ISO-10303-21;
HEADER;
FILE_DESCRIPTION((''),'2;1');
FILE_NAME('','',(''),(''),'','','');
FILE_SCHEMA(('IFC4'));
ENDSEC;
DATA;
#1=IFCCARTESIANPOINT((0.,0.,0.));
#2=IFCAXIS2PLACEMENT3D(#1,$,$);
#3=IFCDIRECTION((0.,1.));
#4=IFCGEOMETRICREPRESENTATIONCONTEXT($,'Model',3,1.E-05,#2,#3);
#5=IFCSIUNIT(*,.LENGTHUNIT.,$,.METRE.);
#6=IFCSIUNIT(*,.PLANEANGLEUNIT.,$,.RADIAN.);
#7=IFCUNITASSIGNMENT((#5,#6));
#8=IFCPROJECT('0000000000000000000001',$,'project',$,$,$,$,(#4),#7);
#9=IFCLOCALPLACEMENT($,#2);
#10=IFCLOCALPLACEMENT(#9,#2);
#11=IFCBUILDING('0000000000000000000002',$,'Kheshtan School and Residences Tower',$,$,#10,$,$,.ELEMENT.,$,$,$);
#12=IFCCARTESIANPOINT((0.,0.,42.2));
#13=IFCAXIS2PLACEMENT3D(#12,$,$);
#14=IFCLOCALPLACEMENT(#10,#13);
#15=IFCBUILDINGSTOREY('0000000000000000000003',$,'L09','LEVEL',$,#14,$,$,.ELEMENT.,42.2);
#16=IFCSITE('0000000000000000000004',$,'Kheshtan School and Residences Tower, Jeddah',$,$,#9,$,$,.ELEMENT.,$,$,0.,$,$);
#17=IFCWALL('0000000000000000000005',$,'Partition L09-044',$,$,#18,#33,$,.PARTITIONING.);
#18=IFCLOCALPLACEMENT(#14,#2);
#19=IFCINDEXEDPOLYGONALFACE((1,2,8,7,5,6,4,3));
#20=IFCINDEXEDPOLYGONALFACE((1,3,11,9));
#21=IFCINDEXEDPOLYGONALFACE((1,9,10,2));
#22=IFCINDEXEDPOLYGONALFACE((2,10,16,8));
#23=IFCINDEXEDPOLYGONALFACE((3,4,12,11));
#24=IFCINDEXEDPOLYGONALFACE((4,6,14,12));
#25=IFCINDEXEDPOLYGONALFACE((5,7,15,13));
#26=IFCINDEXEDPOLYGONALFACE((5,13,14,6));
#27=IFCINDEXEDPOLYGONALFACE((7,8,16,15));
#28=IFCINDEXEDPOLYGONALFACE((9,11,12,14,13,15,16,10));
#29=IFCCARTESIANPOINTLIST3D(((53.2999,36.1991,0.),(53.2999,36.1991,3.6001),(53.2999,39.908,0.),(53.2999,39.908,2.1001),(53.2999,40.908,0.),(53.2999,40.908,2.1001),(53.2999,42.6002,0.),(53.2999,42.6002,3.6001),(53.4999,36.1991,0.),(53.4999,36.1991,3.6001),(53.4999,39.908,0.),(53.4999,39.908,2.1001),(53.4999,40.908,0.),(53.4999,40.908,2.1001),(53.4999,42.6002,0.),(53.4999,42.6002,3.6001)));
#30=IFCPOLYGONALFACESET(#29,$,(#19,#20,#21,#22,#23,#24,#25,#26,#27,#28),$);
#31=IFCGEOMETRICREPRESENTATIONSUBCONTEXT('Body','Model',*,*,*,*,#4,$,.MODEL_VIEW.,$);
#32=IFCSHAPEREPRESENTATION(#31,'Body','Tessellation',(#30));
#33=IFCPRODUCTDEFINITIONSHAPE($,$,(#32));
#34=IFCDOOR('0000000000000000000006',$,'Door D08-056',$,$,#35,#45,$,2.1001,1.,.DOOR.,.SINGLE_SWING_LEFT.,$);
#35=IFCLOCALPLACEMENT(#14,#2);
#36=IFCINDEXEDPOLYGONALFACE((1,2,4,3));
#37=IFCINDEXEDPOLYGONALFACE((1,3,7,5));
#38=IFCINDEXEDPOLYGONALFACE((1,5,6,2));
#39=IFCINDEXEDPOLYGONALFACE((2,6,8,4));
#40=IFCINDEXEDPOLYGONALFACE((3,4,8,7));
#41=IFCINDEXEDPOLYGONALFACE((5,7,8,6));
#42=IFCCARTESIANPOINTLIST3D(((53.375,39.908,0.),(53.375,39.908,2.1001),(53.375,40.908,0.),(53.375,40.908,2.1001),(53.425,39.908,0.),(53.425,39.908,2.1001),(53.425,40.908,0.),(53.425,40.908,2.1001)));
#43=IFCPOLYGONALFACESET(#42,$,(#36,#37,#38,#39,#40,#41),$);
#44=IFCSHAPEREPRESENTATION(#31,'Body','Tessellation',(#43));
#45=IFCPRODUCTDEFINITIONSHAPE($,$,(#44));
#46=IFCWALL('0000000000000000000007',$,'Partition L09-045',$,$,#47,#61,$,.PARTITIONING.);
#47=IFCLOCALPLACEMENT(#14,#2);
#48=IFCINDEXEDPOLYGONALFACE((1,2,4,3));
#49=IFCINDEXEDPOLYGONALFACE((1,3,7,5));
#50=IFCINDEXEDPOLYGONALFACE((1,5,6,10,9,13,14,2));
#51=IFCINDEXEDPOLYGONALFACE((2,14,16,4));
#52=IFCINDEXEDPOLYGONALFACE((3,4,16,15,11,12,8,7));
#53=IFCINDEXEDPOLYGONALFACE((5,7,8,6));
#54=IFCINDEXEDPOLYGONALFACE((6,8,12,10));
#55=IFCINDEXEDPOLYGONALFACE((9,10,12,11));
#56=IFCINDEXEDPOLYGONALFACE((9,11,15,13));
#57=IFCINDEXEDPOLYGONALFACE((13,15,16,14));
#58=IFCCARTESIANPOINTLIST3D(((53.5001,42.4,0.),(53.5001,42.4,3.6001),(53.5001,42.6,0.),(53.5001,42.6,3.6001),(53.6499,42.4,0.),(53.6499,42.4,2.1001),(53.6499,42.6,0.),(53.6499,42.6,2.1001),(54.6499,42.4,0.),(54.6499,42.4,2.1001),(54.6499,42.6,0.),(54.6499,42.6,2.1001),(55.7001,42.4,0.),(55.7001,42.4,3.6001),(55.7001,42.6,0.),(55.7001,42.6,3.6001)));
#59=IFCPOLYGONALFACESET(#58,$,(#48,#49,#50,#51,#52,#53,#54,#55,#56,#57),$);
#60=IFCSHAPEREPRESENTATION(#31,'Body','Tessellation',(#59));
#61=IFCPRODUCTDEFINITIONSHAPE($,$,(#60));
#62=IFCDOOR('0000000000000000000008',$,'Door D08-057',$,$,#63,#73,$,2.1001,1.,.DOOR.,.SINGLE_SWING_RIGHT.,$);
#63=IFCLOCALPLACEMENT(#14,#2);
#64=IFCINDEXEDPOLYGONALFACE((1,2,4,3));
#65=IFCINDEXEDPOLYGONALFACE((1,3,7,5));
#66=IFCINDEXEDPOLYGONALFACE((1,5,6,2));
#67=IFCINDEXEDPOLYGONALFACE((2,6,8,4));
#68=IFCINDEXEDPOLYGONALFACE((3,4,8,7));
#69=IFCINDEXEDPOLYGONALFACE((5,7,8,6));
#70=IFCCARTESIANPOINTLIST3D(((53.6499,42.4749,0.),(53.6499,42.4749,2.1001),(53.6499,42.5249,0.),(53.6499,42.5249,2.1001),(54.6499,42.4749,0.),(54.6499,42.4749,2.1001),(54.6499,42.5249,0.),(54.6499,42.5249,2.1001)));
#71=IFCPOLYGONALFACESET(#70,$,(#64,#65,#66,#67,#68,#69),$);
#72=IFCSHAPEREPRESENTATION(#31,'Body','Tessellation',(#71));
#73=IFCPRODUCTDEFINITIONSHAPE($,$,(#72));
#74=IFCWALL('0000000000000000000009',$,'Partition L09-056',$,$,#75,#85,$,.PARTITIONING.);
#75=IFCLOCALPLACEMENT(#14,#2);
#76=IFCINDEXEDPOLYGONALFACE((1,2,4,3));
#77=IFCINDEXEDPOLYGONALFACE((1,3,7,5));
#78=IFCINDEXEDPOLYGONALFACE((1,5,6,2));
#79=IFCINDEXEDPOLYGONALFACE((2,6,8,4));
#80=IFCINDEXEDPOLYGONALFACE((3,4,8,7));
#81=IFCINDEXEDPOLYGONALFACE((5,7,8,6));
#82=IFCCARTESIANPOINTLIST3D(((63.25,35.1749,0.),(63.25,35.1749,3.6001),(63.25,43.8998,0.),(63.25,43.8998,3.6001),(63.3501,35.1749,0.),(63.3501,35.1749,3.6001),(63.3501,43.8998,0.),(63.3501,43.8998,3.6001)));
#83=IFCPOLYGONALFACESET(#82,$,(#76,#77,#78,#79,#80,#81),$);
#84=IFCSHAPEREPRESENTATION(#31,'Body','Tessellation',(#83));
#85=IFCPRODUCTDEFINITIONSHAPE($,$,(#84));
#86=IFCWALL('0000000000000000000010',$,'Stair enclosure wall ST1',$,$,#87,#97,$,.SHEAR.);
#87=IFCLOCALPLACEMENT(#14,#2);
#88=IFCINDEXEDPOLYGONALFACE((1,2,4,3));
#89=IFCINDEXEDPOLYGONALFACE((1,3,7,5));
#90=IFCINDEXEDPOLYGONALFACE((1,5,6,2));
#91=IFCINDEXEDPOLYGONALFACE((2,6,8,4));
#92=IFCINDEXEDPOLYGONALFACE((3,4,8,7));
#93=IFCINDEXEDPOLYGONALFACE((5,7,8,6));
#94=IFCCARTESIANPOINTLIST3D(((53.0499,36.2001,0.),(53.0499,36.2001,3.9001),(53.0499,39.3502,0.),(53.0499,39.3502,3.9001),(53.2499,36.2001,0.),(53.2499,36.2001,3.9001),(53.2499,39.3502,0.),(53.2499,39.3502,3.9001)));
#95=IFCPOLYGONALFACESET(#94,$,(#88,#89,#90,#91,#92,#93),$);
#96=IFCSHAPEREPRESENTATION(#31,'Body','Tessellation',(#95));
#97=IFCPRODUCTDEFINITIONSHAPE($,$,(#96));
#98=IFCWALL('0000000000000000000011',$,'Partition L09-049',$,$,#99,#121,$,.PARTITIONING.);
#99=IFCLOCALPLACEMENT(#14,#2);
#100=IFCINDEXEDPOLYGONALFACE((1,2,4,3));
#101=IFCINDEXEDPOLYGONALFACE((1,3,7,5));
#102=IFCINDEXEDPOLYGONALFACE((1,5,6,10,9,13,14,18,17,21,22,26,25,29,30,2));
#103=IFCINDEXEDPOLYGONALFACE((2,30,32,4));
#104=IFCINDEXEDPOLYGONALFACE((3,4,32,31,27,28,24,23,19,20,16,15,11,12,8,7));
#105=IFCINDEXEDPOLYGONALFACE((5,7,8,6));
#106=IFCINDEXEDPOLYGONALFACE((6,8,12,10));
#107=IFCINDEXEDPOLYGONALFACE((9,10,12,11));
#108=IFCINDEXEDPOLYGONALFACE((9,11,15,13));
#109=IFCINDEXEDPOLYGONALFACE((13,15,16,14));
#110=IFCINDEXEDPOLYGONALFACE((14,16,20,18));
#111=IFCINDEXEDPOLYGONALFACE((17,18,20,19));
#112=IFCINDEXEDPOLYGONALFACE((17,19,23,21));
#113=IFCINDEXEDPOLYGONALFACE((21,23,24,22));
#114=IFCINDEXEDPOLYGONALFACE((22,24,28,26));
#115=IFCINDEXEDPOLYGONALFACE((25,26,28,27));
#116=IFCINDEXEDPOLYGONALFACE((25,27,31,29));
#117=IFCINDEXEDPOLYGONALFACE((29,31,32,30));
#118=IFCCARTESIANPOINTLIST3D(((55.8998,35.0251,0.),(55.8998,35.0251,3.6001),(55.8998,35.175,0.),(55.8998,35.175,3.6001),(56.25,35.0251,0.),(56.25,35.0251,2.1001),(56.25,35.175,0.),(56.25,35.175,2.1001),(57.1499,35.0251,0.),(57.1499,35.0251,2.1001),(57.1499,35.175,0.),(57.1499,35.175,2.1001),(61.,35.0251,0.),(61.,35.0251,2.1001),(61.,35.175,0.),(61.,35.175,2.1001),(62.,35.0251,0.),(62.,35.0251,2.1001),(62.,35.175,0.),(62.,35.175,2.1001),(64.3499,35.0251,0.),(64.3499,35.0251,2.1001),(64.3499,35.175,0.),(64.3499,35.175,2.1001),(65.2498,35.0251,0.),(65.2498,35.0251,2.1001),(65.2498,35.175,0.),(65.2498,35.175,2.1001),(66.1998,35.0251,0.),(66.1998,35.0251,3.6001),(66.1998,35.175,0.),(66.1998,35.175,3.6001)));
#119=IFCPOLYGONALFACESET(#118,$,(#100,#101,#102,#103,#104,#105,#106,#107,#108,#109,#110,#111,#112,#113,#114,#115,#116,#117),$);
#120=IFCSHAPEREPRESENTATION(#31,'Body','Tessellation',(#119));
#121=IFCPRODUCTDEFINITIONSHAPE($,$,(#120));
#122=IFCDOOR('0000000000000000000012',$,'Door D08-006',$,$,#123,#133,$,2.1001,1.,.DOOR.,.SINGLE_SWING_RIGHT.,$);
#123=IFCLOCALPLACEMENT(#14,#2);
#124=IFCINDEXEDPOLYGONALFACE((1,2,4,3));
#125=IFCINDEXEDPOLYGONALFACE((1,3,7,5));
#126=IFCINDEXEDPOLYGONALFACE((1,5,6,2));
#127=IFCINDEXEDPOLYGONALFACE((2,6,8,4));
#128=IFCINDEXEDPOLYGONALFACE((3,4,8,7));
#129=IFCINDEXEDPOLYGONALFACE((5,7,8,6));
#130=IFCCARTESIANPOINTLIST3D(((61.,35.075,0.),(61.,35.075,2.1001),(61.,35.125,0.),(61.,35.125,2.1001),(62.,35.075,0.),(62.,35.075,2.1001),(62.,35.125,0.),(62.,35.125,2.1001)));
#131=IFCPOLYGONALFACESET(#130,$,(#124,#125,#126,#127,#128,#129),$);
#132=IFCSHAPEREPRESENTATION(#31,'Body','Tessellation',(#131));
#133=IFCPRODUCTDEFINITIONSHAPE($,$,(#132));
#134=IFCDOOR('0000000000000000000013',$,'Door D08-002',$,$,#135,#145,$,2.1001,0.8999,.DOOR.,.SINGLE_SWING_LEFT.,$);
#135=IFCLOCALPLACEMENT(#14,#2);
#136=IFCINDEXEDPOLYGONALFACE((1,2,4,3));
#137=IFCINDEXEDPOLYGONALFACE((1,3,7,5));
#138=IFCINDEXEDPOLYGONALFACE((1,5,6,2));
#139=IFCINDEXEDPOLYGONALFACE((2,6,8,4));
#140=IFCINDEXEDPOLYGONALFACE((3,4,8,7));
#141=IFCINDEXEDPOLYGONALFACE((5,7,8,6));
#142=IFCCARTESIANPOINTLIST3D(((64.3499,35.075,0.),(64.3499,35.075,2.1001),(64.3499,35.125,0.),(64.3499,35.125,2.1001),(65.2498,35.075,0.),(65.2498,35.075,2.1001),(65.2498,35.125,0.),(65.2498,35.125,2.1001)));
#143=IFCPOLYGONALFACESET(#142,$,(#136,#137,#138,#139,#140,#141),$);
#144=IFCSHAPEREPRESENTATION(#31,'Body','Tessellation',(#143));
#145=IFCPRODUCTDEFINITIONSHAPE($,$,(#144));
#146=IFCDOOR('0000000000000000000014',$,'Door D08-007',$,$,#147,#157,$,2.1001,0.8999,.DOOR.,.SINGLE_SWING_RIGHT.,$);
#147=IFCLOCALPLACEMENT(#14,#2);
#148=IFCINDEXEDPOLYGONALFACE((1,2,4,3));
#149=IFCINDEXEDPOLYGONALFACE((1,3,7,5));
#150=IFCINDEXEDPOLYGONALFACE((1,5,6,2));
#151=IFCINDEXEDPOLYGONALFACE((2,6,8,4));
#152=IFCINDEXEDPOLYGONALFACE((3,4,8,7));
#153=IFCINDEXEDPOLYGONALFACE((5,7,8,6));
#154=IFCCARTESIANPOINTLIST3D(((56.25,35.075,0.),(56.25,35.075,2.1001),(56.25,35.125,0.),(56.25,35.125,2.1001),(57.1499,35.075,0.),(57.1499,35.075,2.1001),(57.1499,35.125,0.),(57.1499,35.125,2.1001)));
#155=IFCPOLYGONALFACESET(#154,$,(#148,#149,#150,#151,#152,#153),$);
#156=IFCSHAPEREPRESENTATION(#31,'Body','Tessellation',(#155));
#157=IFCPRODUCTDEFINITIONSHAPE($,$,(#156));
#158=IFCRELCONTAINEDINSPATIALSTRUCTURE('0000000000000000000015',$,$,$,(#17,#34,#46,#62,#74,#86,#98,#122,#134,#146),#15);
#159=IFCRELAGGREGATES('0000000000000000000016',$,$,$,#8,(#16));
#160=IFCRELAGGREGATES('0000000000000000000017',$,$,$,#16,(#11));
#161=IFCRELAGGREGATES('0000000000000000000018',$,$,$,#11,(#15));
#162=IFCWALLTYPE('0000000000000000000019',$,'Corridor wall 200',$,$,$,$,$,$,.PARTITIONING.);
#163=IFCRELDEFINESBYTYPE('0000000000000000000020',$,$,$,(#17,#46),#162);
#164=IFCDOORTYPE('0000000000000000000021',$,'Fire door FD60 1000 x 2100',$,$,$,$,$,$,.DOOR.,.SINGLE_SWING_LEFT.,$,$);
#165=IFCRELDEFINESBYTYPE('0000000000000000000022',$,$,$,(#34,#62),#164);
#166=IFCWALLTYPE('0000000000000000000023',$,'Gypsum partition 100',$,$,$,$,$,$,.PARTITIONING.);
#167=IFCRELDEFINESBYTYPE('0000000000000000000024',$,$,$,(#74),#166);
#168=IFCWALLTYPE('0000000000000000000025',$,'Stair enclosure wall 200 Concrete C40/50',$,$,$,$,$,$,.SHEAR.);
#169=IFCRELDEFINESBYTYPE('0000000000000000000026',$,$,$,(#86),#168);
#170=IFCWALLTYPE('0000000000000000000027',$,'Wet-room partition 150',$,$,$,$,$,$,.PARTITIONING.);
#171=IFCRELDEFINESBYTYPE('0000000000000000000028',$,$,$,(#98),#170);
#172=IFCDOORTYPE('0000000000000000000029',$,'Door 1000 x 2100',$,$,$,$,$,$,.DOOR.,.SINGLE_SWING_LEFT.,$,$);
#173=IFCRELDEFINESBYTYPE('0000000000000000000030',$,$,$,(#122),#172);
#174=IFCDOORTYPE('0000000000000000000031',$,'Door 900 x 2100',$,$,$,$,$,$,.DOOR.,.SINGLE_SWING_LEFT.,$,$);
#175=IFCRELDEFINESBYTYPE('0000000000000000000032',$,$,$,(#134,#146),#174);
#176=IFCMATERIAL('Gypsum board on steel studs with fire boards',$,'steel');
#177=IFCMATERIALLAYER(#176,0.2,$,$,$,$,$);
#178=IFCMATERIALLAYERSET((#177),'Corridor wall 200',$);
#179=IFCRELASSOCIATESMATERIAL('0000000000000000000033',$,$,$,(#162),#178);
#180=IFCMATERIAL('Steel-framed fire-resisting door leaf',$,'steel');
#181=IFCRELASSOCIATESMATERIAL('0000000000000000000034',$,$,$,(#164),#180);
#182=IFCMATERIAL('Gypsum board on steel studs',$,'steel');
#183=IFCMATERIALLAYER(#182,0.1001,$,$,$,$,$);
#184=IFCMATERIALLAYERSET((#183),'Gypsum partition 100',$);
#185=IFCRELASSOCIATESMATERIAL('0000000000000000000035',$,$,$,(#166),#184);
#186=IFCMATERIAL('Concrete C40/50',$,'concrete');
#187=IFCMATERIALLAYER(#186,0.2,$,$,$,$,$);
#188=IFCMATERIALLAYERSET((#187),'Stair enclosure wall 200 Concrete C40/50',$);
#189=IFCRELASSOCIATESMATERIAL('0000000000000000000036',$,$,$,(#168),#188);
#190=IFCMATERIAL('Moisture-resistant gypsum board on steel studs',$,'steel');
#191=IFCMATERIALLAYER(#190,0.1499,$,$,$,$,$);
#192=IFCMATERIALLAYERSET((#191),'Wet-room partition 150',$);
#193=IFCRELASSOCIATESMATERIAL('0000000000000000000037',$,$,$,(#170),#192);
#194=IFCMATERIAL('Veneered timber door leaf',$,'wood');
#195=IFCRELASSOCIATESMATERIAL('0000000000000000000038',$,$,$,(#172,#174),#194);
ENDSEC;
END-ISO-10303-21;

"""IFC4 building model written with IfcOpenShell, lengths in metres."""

from ifc_helpers import new_model, si_unit, direction, frame, frame_2d, origin, place, context, subcontext, project, spatial, rectangle, extrude, source, transform, mapped, material, layer, layer_set, type_object, element, fill, save


model = new_model("IFC4")

# Units and contexts
model_context = context("Model", 3, precision=1e-05, world=origin(), true_north=direction((0.0, 1.0)))
body_context = subcontext(model_context, "Body", "Model", "MODEL_VIEW")
ifc_project = project(units=[si_unit("LENGTHUNIT", "METRE"), si_unit("PLANEANGLEUNIT", "RADIAN")], contexts=[model_context])

# Site, building, storey
site_placement = place(None, origin())
site = spatial("IfcSite", under=ifc_project, at=site_placement, Name="Kheshtan School and Residences Tower, Jeddah", CompositionType="ELEMENT", RefElevation=0.0)
building_placement = place(site_placement, origin())
building = spatial("IfcBuilding", under=site, at=building_placement, Name="Kheshtan School and Residences Tower", CompositionType="ELEMENT")
storey_placement = place(building_placement, frame((0.0, 0.0, 42.2)))
storey = spatial("IfcBuildingStorey", under=building, at=storey_placement, Name="L09", Description="LEVEL", CompositionType="ELEMENT", Elevation=42.2)

# Walls, openings, doors
ifc_material_1 = material(Name="Gypsum board on steel studs with fire boards", Category="steel")
ifc_layer_1 = layer(ifc_material_1, 0.2)
ifc_layer_set_1 = layer_set([ifc_layer_1], Name="Corridor wall 200")
wall_type_1 = type_object("IfcWallType", Name="Corridor wall 200", PredefinedType="PARTITIONING", material=ifc_layer_set_1)
wall_1_placement = place(storey_placement, frame((53.3999, 36.199, 0.0), z_axis=(0.0, 0.0, 1.0), x_axis=(0.0, 1.0, 0.0)))
wall_1 = element("IfcWall", 1, at=wall_1_placement, inside=storey, type_object=wall_type_1, Name="Partition L09-044", PredefinedType="PARTITIONING", context=body_context, shape_type="SweptSolid", body=[
    extrude(rectangle(XDim=6.4011, YDim=0.2, at=frame_2d((3.2007, 0.0))), origin(), (0.0, 0.0, 1.0), 3.6001),
])
opening_1_placement = place(wall_1_placement, frame((3.709, 0.0, 0.0)))
opening_1 = element("IfcOpeningElement", 2, at=opening_1_placement, cuts=wall_1, PredefinedType="OPENING", context=body_context, shape_type="SweptSolid", body=[
    extrude(rectangle(XDim=1.0, YDim=2.1001, at=frame_2d((0.5, 1.05))), frame((0.0, 0.1099, 0.0), z_axis=(0.0, -1.0, 0.0), x_axis=(1.0, 0.0, 0.0)), (0.0, 0.0, 1.0), 0.22),
])
ifc_material_2 = material(Name="Steel-framed fire-resisting door leaf", Category="steel")
door_type_1 = type_object("IfcDoorType", Name="Fire door FD60 1000 x 2100", OperationType="SINGLE_SWING_LEFT", PredefinedType="DOOR", material=ifc_material_2)
shared_shape_1 = source(origin(), body_context, "Body", "SweptSolid", [
    extrude(rectangle(XDim=1.0, YDim=2.1001, at=frame_2d((0.5, 1.05))), frame((0.0, 0.0249, 0.0), z_axis=(0.0, -1.0, 0.0), x_axis=(1.0, 0.0, 0.0)), (0.0, 0.0, 1.0), 0.05),
])
door_1_placement = place(opening_1_placement, origin())
door_1 = element("IfcDoor", 3, at=door_1_placement, inside=storey, type_object=door_type_1, Name="Door D08-056", OperationType="SINGLE_SWING_LEFT", OverallHeight=2.1001, OverallWidth=1.0, PredefinedType="DOOR", context=body_context, shape_type="MappedRepresentation", body=[
    mapped(shared_shape_1, transform((0.0, 0.0, 0.0), x_axis=(1.0, 0.0, 0.0), y_axis=(0.0, 1.0, 0.0), z_axis=(0.0, 0.0, 1.0), scale=1.0)),
])
fill(opening_1, door_1)
wall_2_placement = place(storey_placement, frame((53.5, 42.5, 0.0), z_axis=(0.0, 0.0, 1.0), x_axis=(1.0, 0.0, 0.0)))
wall_2 = element("IfcWall", 4, at=wall_2_placement, inside=storey, type_object=wall_type_1, Name="Partition L09-045", PredefinedType="PARTITIONING", context=body_context, shape_type="SweptSolid", body=[
    extrude(rectangle(XDim=2.2, YDim=0.2, at=frame_2d((1.1001, 0.0))), origin(), (0.0, 0.0, 1.0), 3.6001),
])
opening_2_placement = place(wall_2_placement, frame((0.1499, 0.0, 0.0)))
opening_2 = element("IfcOpeningElement", 5, at=opening_2_placement, cuts=wall_2, PredefinedType="OPENING", context=body_context, shape_type="SweptSolid", body=[
    extrude(rectangle(XDim=1.0, YDim=2.1001, at=frame_2d((0.5, 1.05))), frame((0.0, 0.1099, 0.0), z_axis=(0.0, -1.0, 0.0), x_axis=(1.0, 0.0, 0.0)), (0.0, 0.0, 1.0), 0.22),
])
door_2_placement = place(opening_2_placement, origin())
door_2 = element("IfcDoor", 6, at=door_2_placement, inside=storey, type_object=door_type_1, Name="Door D08-057", OperationType="SINGLE_SWING_RIGHT", OverallHeight=2.1001, OverallWidth=1.0, PredefinedType="DOOR", context=body_context, shape_type="MappedRepresentation", body=[
    mapped(shared_shape_1, transform((0.0, 0.0, 0.0), x_axis=(1.0, 0.0, 0.0), y_axis=(0.0, 1.0, 0.0), z_axis=(0.0, 0.0, 1.0), scale=1.0)),
])
fill(opening_2, door_2)

# Walls
ifc_material_3 = material(Name="Gypsum board on steel studs", Category="steel")
ifc_layer_2 = layer(ifc_material_3, 0.1001)
ifc_layer_set_2 = layer_set([ifc_layer_2], Name="Gypsum partition 100")
wall_type_2 = type_object("IfcWallType", Name="Gypsum partition 100", PredefinedType="PARTITIONING", material=ifc_layer_set_2)
wall_3_placement = place(storey_placement, frame((63.3, 35.175, 0.0), z_axis=(0.0, 0.0, 1.0), x_axis=(0.0, 1.0, 0.0)))
element("IfcWall", 7, at=wall_3_placement, inside=storey, type_object=wall_type_2, Name="Partition L09-056", PredefinedType="PARTITIONING", context=body_context, shape_type="SweptSolid", body=[
    extrude(rectangle(XDim=8.7249, YDim=0.1001, at=frame_2d((4.3623, 0.0))), origin(), (0.0, 0.0, 1.0), 3.6001),
])
ifc_material_4 = material(Name="Concrete C40/50", Category="concrete")
ifc_layer_3 = layer(ifc_material_4, 0.2)
ifc_layer_set_3 = layer_set([ifc_layer_3], Name="Stair enclosure wall 200 Concrete C40/50")
wall_type_3 = type_object("IfcWallType", Name="Stair enclosure wall 200 Concrete C40/50", PredefinedType="SHEAR", material=ifc_layer_set_3)
wall_4_placement = place(storey_placement, frame((53.1499, 36.2, 0.0), z_axis=(0.0, 0.0, 1.0), x_axis=(0.0, 1.0, 0.0)))
element("IfcWall", 8, at=wall_4_placement, inside=storey, type_object=wall_type_3, Name="Stair enclosure wall ST1", PredefinedType="SHEAR", context=body_context, shape_type="SweptSolid", body=[
    extrude(rectangle(XDim=3.1501, YDim=0.2, at=frame_2d((1.5752, 0.0))), origin(), (0.0, 0.0, 1.0), 3.9001),
])

# Wall, openings, doors
ifc_material_5 = material(Name="Moisture-resistant gypsum board on steel studs", Category="steel")
ifc_layer_4 = layer(ifc_material_5, 0.1499)
ifc_layer_set_4 = layer_set([ifc_layer_4], Name="Wet-room partition 150")
wall_type_4 = type_object("IfcWallType", Name="Wet-room partition 150", PredefinedType="PARTITIONING", material=ifc_layer_set_4)
wall_5_placement = place(storey_placement, frame((55.8999, 35.1001, 0.0), z_axis=(0.0, 0.0, 1.0), x_axis=(1.0, 0.0, 0.0)))
wall_5 = element("IfcWall", 9, at=wall_5_placement, inside=storey, type_object=wall_type_4, Name="Partition L09-049", PredefinedType="PARTITIONING", context=body_context, shape_type="SweptSolid", body=[
    extrude(rectangle(XDim=10.3, YDim=0.1499, at=frame_2d((5.1499, 0.0))), origin(), (0.0, 0.0, 1.0), 3.6001),
])
opening_3_placement = place(wall_5_placement, frame((8.45, 0.0, 0.0)))
opening_3 = element("IfcOpeningElement", 10, at=opening_3_placement, cuts=wall_5, PredefinedType="OPENING", context=body_context, shape_type="SweptSolid", body=[
    extrude(rectangle(XDim=0.8999, YDim=2.1001, at=frame_2d((0.45, 1.05))), frame((0.0, 0.085, 0.0), z_axis=(0.0, -1.0, 0.0), x_axis=(1.0, 0.0, 0.0)), (0.0, 0.0, 1.0), 0.1699),
])
opening_4_placement = place(wall_5_placement, frame((5.1001, 0.0, 0.0)))
opening_4 = element("IfcOpeningElement", 11, at=opening_4_placement, cuts=wall_5, PredefinedType="OPENING", context=body_context, shape_type="SweptSolid", body=[
    extrude(rectangle(XDim=1.0, YDim=2.1001, at=frame_2d((0.5, 1.05))), frame((0.0, 0.085, 0.0), z_axis=(0.0, -1.0, 0.0), x_axis=(1.0, 0.0, 0.0)), (0.0, 0.0, 1.0), 0.1699),
])
opening_5_placement = place(wall_5_placement, frame((0.3501, 0.0, 0.0)))
opening_5 = element("IfcOpeningElement", 12, at=opening_5_placement, cuts=wall_5, PredefinedType="OPENING", context=body_context, shape_type="SweptSolid", body=[
    extrude(rectangle(XDim=0.8999, YDim=2.1001, at=frame_2d((0.45, 1.05))), frame((0.0, 0.085, 0.0), z_axis=(0.0, -1.0, 0.0), x_axis=(1.0, 0.0, 0.0)), (0.0, 0.0, 1.0), 0.1699),
])
ifc_material_6 = material(Name="Veneered timber door leaf", Category="wood")
door_type_2 = type_object("IfcDoorType", Name="Door 1000 x 2100", OperationType="SINGLE_SWING_LEFT", PredefinedType="DOOR", material=ifc_material_6)
shared_shape_2 = source(origin(), body_context, "Body", "SweptSolid", [
    extrude(rectangle(XDim=1.0, YDim=2.1001, at=frame_2d((0.5, 1.05))), frame((0.0, 0.0249, 0.0), z_axis=(0.0, -1.0, 0.0), x_axis=(1.0, 0.0, 0.0)), (0.0, 0.0, 1.0), 0.05),
])
door_3_placement = place(opening_4_placement, origin())
door_3 = element("IfcDoor", 13, at=door_3_placement, inside=storey, type_object=door_type_2, Name="Door D08-006", OperationType="SINGLE_SWING_RIGHT", OverallHeight=2.1001, OverallWidth=1.0, PredefinedType="DOOR", context=body_context, shape_type="MappedRepresentation", body=[
    mapped(shared_shape_2, transform((0.0, 0.0, 0.0), x_axis=(1.0, 0.0, 0.0), y_axis=(0.0, 1.0, 0.0), z_axis=(0.0, 0.0, 1.0), scale=1.0)),
])
fill(opening_4, door_3)
door_type_3 = type_object("IfcDoorType", Name="Door 900 x 2100", OperationType="SINGLE_SWING_LEFT", PredefinedType="DOOR", material=ifc_material_6)
shared_shape_3 = source(origin(), body_context, "Body", "SweptSolid", [
    extrude(rectangle(XDim=0.8999, YDim=2.1001, at=frame_2d((0.45, 1.05))), frame((0.0, 0.0249, 0.0), z_axis=(0.0, -1.0, 0.0), x_axis=(1.0, 0.0, 0.0)), (0.0, 0.0, 1.0), 0.05),
])
door_4_placement = place(opening_3_placement, origin())
door_4 = element("IfcDoor", 14, at=door_4_placement, inside=storey, type_object=door_type_3, Name="Door D08-002", OperationType="SINGLE_SWING_LEFT", OverallHeight=2.1001, OverallWidth=0.8999, PredefinedType="DOOR", context=body_context, shape_type="MappedRepresentation", body=[
    mapped(shared_shape_3, transform((0.0, 0.0, 0.0), x_axis=(1.0, 0.0, 0.0), y_axis=(0.0, 1.0, 0.0), z_axis=(0.0, 0.0, 1.0), scale=1.0)),
])
fill(opening_3, door_4)
door_5_placement = place(opening_5_placement, origin())
door_5 = element("IfcDoor", 15, at=door_5_placement, inside=storey, type_object=door_type_3, Name="Door D08-007", OperationType="SINGLE_SWING_RIGHT", OverallHeight=2.1001, OverallWidth=0.8999, PredefinedType="DOOR", context=body_context, shape_type="MappedRepresentation", body=[
    mapped(shared_shape_3, transform((0.0, 0.0, 0.0), x_axis=(1.0, 0.0, 0.0), y_axis=(0.0, 1.0, 0.0), z_axis=(0.0, 0.0, 1.0), scale=1.0)),
])
fill(opening_5, door_5)

save(model, "model.ifc")
